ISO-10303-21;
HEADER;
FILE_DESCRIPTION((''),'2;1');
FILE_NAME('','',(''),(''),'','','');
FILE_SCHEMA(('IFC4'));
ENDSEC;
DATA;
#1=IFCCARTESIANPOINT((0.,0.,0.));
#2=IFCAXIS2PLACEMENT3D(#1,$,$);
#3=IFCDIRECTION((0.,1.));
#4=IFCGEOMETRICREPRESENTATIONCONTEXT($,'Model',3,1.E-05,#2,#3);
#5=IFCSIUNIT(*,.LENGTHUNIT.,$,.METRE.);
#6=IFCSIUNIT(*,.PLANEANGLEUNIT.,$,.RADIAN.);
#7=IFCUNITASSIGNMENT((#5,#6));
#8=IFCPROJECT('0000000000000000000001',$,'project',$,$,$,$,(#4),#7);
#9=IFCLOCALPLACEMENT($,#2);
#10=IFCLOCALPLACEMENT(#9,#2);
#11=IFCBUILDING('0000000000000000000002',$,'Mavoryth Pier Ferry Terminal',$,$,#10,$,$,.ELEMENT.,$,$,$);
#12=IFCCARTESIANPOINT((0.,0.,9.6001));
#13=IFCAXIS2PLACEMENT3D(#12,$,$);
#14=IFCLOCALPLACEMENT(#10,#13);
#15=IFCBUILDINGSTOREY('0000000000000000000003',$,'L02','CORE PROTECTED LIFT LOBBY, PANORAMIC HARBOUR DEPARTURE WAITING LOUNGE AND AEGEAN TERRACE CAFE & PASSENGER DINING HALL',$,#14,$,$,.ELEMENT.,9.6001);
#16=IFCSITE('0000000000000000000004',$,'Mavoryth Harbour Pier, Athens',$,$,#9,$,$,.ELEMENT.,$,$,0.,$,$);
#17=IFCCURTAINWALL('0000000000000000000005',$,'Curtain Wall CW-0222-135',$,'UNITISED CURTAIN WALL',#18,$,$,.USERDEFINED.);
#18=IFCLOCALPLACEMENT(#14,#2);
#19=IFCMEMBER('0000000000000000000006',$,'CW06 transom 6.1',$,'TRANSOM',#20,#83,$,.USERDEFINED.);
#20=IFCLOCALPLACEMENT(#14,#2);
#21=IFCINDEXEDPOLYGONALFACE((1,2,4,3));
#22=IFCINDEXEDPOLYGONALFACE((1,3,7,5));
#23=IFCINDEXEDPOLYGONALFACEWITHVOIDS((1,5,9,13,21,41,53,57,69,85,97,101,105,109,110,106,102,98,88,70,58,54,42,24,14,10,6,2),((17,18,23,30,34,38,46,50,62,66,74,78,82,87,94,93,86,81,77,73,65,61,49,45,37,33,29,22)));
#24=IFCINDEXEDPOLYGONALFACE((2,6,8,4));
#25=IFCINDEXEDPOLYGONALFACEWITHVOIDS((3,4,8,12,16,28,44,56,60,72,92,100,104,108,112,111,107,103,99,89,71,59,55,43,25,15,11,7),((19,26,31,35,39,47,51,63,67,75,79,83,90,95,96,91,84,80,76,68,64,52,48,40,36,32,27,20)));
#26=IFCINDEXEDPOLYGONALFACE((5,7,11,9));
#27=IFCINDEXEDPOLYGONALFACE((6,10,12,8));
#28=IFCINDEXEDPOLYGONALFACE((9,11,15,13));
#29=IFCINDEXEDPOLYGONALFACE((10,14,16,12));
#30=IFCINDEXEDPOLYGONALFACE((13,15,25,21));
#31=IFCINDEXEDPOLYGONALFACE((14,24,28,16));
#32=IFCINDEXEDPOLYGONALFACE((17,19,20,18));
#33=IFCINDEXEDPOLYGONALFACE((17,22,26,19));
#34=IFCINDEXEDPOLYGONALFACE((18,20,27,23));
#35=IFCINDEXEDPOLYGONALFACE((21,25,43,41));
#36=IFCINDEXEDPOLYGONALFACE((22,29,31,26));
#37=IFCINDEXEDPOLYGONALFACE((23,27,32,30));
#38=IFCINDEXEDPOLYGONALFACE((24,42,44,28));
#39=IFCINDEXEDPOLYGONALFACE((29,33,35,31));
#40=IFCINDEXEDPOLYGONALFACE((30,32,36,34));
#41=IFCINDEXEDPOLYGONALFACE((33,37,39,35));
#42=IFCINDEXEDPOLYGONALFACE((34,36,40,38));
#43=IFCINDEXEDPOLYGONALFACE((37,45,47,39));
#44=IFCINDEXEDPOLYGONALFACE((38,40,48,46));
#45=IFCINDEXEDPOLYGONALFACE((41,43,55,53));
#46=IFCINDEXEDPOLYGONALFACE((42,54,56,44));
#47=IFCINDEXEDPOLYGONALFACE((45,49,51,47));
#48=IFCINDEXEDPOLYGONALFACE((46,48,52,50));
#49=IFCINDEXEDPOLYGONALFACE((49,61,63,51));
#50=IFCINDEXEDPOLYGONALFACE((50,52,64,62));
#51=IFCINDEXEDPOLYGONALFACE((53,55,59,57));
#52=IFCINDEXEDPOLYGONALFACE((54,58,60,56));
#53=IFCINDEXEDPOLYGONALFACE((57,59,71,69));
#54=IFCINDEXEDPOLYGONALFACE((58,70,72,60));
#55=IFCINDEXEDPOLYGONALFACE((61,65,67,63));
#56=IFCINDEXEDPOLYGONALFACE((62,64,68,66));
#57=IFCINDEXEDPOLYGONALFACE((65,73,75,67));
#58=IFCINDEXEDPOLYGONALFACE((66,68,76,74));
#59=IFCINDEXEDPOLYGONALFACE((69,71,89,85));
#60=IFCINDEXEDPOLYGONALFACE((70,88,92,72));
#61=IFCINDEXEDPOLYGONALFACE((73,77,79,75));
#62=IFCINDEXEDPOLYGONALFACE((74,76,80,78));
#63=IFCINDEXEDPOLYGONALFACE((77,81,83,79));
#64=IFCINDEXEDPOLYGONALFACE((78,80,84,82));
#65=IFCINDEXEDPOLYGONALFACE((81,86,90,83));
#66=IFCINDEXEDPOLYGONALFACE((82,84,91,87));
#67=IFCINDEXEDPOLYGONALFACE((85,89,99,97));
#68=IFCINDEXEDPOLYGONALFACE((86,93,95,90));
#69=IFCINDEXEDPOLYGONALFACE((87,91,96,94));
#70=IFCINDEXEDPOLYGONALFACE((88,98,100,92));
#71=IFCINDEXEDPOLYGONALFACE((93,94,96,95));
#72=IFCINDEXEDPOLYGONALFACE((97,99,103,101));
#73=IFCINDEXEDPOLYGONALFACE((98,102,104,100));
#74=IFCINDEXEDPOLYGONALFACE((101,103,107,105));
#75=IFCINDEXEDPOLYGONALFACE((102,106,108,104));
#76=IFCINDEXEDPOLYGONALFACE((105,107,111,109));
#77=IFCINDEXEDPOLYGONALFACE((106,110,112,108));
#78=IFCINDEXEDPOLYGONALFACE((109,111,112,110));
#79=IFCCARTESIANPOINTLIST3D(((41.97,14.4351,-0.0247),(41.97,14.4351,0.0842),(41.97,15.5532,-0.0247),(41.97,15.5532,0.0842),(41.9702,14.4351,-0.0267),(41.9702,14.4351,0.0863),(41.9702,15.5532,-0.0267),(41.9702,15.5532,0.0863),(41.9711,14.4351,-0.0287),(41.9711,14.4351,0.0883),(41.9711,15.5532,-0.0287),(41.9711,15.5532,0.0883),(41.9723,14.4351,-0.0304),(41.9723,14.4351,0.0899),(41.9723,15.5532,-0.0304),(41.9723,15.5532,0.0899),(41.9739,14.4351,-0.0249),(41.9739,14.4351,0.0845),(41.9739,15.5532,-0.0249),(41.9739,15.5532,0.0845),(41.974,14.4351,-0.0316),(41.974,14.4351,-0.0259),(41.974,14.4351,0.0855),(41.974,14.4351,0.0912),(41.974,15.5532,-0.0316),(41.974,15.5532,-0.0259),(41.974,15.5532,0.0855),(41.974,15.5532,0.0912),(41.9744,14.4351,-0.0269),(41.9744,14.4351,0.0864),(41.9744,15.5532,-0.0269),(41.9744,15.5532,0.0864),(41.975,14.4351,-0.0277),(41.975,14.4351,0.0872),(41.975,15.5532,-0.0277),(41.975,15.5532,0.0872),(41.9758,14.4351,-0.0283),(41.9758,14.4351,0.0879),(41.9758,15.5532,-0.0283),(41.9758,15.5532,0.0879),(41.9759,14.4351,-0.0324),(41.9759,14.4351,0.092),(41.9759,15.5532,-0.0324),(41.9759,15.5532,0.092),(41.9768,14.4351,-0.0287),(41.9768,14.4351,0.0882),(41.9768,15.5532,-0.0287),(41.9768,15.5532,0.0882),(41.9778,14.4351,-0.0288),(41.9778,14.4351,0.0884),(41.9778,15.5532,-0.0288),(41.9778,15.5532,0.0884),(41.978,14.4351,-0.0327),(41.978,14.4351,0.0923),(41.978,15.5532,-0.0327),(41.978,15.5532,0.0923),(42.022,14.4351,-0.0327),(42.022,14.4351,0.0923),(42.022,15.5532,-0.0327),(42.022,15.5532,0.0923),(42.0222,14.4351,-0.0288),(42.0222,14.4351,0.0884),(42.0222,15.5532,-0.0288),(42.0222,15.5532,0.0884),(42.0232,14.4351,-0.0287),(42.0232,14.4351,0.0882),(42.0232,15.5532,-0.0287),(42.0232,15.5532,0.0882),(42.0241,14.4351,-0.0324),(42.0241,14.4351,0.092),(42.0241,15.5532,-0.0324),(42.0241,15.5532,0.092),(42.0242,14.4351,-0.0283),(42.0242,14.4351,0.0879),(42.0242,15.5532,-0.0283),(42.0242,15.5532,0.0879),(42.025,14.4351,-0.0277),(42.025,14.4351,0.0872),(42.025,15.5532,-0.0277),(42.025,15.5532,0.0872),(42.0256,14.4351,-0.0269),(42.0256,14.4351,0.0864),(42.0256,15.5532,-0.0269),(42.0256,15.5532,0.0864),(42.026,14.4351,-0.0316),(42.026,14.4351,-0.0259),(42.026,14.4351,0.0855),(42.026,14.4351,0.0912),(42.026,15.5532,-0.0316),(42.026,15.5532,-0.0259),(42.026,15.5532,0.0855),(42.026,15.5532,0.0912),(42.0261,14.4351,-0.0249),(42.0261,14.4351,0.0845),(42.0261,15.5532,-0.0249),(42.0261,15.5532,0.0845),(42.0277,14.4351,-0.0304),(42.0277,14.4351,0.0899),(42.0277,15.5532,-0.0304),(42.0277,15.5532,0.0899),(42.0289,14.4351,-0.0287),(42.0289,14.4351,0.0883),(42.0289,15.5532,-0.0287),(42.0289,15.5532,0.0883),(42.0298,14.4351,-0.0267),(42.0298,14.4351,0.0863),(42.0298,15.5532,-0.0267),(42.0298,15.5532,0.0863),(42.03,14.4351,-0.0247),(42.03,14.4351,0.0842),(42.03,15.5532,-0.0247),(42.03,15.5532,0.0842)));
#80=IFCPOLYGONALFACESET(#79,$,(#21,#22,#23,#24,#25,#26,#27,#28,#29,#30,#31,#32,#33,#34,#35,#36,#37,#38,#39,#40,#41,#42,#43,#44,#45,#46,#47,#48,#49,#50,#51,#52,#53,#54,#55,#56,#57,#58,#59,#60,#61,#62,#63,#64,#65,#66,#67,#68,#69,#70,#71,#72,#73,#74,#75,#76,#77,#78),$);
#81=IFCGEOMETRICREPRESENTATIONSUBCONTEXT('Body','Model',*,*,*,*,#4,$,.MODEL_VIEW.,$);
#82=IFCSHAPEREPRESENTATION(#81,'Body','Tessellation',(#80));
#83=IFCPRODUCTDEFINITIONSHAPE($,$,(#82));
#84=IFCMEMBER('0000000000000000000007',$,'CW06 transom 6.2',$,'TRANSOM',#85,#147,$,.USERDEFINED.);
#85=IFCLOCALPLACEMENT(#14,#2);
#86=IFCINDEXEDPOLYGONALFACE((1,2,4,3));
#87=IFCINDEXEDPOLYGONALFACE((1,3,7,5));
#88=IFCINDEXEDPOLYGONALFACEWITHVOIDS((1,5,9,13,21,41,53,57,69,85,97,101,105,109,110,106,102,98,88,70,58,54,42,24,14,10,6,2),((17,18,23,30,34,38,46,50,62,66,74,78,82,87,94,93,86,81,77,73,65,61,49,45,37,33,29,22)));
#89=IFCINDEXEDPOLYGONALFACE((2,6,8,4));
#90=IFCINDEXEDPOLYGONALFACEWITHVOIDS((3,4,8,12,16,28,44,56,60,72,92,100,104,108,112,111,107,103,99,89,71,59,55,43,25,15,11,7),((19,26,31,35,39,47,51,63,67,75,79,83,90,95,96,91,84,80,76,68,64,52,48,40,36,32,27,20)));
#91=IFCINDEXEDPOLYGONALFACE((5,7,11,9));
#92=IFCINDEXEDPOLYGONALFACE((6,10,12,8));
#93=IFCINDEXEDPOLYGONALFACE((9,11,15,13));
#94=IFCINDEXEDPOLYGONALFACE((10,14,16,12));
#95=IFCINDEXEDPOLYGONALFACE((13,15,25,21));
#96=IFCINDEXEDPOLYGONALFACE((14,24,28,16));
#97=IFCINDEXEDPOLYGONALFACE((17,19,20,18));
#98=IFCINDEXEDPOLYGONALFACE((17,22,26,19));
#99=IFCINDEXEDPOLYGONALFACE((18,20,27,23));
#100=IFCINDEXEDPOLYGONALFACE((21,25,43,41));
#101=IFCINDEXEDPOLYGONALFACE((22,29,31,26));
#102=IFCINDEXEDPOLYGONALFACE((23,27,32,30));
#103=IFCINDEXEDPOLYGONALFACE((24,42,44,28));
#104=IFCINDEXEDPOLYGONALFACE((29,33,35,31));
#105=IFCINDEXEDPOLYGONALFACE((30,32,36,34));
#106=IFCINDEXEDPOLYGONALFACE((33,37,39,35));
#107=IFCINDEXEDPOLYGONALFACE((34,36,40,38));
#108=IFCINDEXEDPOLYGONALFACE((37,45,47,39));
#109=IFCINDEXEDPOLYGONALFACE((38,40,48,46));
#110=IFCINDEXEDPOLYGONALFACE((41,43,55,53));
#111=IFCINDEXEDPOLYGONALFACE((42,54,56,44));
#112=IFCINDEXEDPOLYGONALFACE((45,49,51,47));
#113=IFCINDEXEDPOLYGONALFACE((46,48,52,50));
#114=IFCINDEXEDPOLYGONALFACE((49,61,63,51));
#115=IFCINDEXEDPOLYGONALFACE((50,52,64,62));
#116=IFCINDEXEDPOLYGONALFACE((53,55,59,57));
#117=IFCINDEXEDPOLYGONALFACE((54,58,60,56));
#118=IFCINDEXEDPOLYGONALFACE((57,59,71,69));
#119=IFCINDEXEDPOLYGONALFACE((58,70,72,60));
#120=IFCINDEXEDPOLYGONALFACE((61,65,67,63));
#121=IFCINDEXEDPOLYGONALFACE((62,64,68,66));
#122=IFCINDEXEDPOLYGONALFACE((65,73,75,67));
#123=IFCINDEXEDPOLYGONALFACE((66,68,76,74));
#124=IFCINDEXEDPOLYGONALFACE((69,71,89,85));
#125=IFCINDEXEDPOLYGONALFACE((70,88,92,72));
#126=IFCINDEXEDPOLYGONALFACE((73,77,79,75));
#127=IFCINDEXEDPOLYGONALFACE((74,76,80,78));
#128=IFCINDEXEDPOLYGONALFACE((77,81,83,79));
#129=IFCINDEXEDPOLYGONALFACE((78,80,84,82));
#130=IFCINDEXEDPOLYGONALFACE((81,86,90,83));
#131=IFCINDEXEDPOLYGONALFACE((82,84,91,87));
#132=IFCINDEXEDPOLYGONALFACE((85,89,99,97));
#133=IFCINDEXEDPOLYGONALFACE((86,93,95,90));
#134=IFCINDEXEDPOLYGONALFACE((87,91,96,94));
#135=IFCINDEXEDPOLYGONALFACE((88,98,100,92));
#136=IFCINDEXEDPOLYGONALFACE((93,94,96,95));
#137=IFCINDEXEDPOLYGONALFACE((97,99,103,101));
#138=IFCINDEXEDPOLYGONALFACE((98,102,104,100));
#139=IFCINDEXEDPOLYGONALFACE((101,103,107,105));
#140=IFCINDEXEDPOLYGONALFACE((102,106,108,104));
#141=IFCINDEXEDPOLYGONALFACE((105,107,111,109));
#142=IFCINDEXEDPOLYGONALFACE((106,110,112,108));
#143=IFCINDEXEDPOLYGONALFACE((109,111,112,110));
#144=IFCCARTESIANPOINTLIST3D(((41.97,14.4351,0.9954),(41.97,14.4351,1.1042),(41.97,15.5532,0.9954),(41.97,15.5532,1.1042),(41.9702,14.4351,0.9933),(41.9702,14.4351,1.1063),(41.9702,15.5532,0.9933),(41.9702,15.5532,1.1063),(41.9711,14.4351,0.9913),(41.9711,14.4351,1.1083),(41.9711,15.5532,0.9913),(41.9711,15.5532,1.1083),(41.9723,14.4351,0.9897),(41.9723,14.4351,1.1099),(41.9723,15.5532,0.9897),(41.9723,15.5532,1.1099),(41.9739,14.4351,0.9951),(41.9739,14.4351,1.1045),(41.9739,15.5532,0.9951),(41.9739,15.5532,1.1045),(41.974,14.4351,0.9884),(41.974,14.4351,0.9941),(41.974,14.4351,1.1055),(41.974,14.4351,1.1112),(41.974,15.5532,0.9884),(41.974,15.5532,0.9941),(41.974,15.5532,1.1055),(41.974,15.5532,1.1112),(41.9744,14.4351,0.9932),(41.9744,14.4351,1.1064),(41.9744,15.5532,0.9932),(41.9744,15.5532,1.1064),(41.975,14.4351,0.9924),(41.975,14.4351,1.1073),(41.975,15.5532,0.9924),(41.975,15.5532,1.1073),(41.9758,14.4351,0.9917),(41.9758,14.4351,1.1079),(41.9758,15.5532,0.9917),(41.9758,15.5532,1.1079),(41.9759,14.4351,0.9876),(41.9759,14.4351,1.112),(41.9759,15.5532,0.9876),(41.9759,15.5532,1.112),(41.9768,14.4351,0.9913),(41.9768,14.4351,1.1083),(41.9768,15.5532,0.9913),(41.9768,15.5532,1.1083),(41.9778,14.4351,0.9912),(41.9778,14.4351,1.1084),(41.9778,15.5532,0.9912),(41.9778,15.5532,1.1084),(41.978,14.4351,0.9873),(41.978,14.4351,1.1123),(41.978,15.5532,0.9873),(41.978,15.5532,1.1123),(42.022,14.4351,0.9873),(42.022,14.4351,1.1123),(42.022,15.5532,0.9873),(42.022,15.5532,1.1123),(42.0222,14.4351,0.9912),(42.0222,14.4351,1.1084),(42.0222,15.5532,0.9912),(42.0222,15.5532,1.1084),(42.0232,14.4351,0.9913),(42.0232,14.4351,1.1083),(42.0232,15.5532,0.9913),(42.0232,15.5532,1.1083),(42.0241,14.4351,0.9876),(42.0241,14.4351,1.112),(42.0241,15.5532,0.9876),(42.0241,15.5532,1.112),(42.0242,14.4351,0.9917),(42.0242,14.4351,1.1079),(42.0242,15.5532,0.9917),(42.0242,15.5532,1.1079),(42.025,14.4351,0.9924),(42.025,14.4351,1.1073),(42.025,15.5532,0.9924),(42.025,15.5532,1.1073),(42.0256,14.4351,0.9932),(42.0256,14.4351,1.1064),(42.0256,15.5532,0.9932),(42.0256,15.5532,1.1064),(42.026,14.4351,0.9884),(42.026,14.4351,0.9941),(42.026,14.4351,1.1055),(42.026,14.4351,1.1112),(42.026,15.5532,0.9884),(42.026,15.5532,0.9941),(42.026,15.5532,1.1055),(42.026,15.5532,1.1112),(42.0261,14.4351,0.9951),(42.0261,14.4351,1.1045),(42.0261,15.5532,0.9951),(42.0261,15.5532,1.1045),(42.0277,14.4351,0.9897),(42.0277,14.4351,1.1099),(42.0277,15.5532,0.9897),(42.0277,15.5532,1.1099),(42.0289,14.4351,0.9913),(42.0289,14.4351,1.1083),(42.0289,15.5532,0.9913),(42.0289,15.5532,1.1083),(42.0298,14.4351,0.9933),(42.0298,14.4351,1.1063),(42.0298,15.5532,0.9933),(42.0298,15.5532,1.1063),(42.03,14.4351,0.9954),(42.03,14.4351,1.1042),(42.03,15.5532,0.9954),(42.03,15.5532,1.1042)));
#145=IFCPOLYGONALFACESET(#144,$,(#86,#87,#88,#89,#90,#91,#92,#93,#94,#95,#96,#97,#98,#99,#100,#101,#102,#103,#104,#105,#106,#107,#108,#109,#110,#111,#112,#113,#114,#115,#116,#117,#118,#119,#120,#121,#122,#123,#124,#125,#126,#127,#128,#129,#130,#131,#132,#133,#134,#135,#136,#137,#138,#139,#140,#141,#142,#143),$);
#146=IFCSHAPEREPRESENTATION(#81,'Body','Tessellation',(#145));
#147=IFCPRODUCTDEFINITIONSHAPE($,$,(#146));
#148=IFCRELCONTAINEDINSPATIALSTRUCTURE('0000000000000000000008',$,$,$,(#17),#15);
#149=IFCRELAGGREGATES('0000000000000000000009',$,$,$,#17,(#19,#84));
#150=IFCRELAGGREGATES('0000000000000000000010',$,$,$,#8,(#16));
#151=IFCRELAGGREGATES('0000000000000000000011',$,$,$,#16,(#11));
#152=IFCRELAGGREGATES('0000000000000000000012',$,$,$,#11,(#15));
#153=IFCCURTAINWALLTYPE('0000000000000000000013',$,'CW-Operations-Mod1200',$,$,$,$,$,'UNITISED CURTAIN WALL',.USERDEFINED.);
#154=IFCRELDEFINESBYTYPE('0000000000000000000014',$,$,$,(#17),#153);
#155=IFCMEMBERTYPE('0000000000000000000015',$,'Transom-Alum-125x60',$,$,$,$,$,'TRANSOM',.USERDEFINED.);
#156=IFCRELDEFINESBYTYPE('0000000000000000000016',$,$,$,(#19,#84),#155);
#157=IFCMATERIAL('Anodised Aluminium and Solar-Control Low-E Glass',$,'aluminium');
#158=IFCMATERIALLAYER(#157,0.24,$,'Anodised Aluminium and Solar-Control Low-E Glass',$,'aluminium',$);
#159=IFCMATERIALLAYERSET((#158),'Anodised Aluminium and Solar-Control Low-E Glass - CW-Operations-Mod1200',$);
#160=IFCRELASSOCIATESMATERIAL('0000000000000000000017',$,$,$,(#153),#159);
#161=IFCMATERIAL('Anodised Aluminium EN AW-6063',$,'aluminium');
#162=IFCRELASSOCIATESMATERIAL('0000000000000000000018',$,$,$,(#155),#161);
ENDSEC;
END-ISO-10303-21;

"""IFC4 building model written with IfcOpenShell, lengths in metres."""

from ifc_helpers import new_model, si_unit, direction, frame, origin, origin_2d, place, context, subcontext, project, spatial, hollow_rectangle, extrude, material, layer, layer_set, material_profile, profile_set, type_object, element, aggregate, save


model = new_model("IFC4")

# Units and contexts
model_context = context("Model", 3, precision=1e-05, world=origin(), true_north=direction((0.0, 1.0)))
body_context = subcontext(model_context, "Body", "Model", "MODEL_VIEW")
ifc_project = project(units=[si_unit("LENGTHUNIT", "METRE"), si_unit("PLANEANGLEUNIT", "RADIAN")], contexts=[model_context])

# Site, building, storey
site_placement = place(None, origin())
site = spatial("IfcSite", under=ifc_project, at=site_placement, Name="Mavoryth Harbour Pier, Athens", CompositionType="ELEMENT", RefElevation=0.0)
building_placement = place(site_placement, origin())
building = spatial("IfcBuilding", under=site, at=building_placement, Name="Mavoryth Pier Ferry Terminal", CompositionType="ELEMENT")
storey_placement = place(building_placement, frame((0.0, 0.0, 9.6001)))
storey = spatial("IfcBuildingStorey", under=building, at=storey_placement, Name="L02", Description="CORE PROTECTED LIFT LOBBY, PANORAMIC HARBOUR DEPARTURE WAITING LOUNGE AND AEGEAN TERRACE CAFE & PASSENGER DINING HALL", CompositionType="ELEMENT", Elevation=9.6001)

# Curtain wall
ifc_material_1 = material(Name="Anodised Aluminium and Solar-Control Low-E Glass", Category="aluminium")
ifc_layer_1 = layer(ifc_material_1, 0.24, Name="Anodised Aluminium and Solar-Control Low-E Glass", Category="aluminium")
ifc_layer_set_1 = layer_set([ifc_layer_1], Name="Anodised Aluminium and Solar-Control Low-E Glass - CW-Operations-Mod1200")
curtain_wall_type = type_object("IfcCurtainWallType", Name="CW-Operations-Mod1200", ElementType="UNITISED CURTAIN WALL", PredefinedType="USERDEFINED", material=ifc_layer_set_1)
curtain_wall_placement = place(storey_placement, origin())
curtain_wall = element("IfcCurtainWall", 1, at=curtain_wall_placement, inside=storey, type_object=curtain_wall_type, Name="Curtain Wall CW-0222-135", ObjectType="UNITISED CURTAIN WALL", PredefinedType="USERDEFINED")
ifc_material_2 = material(Name="Anodised Aluminium EN AW-6063", Category="aluminium")

# Members
ifc_material_profile_1 = material_profile(ifc_material_2, hollow_rectangle(XDim=0.0601, YDim=0.125, WallThickness=0.0039, InnerFilletRadius=0.0039, OuterFilletRadius=0.0081, at=origin_2d()), Name="AL-TRAN 125x60x4", Category="aluminium")
ifc_profile_set_1 = profile_set([ifc_material_profile_1], Name="Anodised Aluminium EN AW-6063 - AL-TRAN 125x60x4")
member_type_1 = type_object("IfcMemberType", Name="Transom-Alum-125x60", ElementType="TRANSOM", PredefinedType="USERDEFINED", material=ifc_profile_set_1)
member_1_placement = place(storey_placement, frame((42.0, 15.5532, 0.0298), z_axis=(0.0, -1.0, 0.0), x_axis=(1.0, 0.0, 0.0)))
member_1 = element("IfcMember", 2, at=member_1_placement, type_object=member_type_1, Name="CW06 transom 6.1", ObjectType="TRANSOM", PredefinedType="USERDEFINED", context=body_context, shape_type="SweptSolid", body=[
    extrude(hollow_rectangle(XDim=0.0601, YDim=0.125, WallThickness=0.0039, InnerFilletRadius=0.0039, OuterFilletRadius=0.0081, at=origin_2d()), origin(), (0.0, 0.0, 1.0), 1.1182),
])
member_2_placement = place(storey_placement, frame((42.0, 15.5532, 1.0498), z_axis=(0.0, -1.0, 0.0), x_axis=(1.0, 0.0, 0.0)))
member_2 = element("IfcMember", 3, at=member_2_placement, type_object=member_type_1, Name="CW06 transom 6.2", ObjectType="TRANSOM", PredefinedType="USERDEFINED", context=body_context, shape_type="SweptSolid", body=[
    extrude(hollow_rectangle(XDim=0.0601, YDim=0.125, WallThickness=0.0039, InnerFilletRadius=0.0039, OuterFilletRadius=0.0081, at=origin_2d()), origin(), (0.0, 0.0, 1.0), 1.1182),
])

aggregate(curtain_wall, [member_1, member_2])

save(model, "model.ifc")
